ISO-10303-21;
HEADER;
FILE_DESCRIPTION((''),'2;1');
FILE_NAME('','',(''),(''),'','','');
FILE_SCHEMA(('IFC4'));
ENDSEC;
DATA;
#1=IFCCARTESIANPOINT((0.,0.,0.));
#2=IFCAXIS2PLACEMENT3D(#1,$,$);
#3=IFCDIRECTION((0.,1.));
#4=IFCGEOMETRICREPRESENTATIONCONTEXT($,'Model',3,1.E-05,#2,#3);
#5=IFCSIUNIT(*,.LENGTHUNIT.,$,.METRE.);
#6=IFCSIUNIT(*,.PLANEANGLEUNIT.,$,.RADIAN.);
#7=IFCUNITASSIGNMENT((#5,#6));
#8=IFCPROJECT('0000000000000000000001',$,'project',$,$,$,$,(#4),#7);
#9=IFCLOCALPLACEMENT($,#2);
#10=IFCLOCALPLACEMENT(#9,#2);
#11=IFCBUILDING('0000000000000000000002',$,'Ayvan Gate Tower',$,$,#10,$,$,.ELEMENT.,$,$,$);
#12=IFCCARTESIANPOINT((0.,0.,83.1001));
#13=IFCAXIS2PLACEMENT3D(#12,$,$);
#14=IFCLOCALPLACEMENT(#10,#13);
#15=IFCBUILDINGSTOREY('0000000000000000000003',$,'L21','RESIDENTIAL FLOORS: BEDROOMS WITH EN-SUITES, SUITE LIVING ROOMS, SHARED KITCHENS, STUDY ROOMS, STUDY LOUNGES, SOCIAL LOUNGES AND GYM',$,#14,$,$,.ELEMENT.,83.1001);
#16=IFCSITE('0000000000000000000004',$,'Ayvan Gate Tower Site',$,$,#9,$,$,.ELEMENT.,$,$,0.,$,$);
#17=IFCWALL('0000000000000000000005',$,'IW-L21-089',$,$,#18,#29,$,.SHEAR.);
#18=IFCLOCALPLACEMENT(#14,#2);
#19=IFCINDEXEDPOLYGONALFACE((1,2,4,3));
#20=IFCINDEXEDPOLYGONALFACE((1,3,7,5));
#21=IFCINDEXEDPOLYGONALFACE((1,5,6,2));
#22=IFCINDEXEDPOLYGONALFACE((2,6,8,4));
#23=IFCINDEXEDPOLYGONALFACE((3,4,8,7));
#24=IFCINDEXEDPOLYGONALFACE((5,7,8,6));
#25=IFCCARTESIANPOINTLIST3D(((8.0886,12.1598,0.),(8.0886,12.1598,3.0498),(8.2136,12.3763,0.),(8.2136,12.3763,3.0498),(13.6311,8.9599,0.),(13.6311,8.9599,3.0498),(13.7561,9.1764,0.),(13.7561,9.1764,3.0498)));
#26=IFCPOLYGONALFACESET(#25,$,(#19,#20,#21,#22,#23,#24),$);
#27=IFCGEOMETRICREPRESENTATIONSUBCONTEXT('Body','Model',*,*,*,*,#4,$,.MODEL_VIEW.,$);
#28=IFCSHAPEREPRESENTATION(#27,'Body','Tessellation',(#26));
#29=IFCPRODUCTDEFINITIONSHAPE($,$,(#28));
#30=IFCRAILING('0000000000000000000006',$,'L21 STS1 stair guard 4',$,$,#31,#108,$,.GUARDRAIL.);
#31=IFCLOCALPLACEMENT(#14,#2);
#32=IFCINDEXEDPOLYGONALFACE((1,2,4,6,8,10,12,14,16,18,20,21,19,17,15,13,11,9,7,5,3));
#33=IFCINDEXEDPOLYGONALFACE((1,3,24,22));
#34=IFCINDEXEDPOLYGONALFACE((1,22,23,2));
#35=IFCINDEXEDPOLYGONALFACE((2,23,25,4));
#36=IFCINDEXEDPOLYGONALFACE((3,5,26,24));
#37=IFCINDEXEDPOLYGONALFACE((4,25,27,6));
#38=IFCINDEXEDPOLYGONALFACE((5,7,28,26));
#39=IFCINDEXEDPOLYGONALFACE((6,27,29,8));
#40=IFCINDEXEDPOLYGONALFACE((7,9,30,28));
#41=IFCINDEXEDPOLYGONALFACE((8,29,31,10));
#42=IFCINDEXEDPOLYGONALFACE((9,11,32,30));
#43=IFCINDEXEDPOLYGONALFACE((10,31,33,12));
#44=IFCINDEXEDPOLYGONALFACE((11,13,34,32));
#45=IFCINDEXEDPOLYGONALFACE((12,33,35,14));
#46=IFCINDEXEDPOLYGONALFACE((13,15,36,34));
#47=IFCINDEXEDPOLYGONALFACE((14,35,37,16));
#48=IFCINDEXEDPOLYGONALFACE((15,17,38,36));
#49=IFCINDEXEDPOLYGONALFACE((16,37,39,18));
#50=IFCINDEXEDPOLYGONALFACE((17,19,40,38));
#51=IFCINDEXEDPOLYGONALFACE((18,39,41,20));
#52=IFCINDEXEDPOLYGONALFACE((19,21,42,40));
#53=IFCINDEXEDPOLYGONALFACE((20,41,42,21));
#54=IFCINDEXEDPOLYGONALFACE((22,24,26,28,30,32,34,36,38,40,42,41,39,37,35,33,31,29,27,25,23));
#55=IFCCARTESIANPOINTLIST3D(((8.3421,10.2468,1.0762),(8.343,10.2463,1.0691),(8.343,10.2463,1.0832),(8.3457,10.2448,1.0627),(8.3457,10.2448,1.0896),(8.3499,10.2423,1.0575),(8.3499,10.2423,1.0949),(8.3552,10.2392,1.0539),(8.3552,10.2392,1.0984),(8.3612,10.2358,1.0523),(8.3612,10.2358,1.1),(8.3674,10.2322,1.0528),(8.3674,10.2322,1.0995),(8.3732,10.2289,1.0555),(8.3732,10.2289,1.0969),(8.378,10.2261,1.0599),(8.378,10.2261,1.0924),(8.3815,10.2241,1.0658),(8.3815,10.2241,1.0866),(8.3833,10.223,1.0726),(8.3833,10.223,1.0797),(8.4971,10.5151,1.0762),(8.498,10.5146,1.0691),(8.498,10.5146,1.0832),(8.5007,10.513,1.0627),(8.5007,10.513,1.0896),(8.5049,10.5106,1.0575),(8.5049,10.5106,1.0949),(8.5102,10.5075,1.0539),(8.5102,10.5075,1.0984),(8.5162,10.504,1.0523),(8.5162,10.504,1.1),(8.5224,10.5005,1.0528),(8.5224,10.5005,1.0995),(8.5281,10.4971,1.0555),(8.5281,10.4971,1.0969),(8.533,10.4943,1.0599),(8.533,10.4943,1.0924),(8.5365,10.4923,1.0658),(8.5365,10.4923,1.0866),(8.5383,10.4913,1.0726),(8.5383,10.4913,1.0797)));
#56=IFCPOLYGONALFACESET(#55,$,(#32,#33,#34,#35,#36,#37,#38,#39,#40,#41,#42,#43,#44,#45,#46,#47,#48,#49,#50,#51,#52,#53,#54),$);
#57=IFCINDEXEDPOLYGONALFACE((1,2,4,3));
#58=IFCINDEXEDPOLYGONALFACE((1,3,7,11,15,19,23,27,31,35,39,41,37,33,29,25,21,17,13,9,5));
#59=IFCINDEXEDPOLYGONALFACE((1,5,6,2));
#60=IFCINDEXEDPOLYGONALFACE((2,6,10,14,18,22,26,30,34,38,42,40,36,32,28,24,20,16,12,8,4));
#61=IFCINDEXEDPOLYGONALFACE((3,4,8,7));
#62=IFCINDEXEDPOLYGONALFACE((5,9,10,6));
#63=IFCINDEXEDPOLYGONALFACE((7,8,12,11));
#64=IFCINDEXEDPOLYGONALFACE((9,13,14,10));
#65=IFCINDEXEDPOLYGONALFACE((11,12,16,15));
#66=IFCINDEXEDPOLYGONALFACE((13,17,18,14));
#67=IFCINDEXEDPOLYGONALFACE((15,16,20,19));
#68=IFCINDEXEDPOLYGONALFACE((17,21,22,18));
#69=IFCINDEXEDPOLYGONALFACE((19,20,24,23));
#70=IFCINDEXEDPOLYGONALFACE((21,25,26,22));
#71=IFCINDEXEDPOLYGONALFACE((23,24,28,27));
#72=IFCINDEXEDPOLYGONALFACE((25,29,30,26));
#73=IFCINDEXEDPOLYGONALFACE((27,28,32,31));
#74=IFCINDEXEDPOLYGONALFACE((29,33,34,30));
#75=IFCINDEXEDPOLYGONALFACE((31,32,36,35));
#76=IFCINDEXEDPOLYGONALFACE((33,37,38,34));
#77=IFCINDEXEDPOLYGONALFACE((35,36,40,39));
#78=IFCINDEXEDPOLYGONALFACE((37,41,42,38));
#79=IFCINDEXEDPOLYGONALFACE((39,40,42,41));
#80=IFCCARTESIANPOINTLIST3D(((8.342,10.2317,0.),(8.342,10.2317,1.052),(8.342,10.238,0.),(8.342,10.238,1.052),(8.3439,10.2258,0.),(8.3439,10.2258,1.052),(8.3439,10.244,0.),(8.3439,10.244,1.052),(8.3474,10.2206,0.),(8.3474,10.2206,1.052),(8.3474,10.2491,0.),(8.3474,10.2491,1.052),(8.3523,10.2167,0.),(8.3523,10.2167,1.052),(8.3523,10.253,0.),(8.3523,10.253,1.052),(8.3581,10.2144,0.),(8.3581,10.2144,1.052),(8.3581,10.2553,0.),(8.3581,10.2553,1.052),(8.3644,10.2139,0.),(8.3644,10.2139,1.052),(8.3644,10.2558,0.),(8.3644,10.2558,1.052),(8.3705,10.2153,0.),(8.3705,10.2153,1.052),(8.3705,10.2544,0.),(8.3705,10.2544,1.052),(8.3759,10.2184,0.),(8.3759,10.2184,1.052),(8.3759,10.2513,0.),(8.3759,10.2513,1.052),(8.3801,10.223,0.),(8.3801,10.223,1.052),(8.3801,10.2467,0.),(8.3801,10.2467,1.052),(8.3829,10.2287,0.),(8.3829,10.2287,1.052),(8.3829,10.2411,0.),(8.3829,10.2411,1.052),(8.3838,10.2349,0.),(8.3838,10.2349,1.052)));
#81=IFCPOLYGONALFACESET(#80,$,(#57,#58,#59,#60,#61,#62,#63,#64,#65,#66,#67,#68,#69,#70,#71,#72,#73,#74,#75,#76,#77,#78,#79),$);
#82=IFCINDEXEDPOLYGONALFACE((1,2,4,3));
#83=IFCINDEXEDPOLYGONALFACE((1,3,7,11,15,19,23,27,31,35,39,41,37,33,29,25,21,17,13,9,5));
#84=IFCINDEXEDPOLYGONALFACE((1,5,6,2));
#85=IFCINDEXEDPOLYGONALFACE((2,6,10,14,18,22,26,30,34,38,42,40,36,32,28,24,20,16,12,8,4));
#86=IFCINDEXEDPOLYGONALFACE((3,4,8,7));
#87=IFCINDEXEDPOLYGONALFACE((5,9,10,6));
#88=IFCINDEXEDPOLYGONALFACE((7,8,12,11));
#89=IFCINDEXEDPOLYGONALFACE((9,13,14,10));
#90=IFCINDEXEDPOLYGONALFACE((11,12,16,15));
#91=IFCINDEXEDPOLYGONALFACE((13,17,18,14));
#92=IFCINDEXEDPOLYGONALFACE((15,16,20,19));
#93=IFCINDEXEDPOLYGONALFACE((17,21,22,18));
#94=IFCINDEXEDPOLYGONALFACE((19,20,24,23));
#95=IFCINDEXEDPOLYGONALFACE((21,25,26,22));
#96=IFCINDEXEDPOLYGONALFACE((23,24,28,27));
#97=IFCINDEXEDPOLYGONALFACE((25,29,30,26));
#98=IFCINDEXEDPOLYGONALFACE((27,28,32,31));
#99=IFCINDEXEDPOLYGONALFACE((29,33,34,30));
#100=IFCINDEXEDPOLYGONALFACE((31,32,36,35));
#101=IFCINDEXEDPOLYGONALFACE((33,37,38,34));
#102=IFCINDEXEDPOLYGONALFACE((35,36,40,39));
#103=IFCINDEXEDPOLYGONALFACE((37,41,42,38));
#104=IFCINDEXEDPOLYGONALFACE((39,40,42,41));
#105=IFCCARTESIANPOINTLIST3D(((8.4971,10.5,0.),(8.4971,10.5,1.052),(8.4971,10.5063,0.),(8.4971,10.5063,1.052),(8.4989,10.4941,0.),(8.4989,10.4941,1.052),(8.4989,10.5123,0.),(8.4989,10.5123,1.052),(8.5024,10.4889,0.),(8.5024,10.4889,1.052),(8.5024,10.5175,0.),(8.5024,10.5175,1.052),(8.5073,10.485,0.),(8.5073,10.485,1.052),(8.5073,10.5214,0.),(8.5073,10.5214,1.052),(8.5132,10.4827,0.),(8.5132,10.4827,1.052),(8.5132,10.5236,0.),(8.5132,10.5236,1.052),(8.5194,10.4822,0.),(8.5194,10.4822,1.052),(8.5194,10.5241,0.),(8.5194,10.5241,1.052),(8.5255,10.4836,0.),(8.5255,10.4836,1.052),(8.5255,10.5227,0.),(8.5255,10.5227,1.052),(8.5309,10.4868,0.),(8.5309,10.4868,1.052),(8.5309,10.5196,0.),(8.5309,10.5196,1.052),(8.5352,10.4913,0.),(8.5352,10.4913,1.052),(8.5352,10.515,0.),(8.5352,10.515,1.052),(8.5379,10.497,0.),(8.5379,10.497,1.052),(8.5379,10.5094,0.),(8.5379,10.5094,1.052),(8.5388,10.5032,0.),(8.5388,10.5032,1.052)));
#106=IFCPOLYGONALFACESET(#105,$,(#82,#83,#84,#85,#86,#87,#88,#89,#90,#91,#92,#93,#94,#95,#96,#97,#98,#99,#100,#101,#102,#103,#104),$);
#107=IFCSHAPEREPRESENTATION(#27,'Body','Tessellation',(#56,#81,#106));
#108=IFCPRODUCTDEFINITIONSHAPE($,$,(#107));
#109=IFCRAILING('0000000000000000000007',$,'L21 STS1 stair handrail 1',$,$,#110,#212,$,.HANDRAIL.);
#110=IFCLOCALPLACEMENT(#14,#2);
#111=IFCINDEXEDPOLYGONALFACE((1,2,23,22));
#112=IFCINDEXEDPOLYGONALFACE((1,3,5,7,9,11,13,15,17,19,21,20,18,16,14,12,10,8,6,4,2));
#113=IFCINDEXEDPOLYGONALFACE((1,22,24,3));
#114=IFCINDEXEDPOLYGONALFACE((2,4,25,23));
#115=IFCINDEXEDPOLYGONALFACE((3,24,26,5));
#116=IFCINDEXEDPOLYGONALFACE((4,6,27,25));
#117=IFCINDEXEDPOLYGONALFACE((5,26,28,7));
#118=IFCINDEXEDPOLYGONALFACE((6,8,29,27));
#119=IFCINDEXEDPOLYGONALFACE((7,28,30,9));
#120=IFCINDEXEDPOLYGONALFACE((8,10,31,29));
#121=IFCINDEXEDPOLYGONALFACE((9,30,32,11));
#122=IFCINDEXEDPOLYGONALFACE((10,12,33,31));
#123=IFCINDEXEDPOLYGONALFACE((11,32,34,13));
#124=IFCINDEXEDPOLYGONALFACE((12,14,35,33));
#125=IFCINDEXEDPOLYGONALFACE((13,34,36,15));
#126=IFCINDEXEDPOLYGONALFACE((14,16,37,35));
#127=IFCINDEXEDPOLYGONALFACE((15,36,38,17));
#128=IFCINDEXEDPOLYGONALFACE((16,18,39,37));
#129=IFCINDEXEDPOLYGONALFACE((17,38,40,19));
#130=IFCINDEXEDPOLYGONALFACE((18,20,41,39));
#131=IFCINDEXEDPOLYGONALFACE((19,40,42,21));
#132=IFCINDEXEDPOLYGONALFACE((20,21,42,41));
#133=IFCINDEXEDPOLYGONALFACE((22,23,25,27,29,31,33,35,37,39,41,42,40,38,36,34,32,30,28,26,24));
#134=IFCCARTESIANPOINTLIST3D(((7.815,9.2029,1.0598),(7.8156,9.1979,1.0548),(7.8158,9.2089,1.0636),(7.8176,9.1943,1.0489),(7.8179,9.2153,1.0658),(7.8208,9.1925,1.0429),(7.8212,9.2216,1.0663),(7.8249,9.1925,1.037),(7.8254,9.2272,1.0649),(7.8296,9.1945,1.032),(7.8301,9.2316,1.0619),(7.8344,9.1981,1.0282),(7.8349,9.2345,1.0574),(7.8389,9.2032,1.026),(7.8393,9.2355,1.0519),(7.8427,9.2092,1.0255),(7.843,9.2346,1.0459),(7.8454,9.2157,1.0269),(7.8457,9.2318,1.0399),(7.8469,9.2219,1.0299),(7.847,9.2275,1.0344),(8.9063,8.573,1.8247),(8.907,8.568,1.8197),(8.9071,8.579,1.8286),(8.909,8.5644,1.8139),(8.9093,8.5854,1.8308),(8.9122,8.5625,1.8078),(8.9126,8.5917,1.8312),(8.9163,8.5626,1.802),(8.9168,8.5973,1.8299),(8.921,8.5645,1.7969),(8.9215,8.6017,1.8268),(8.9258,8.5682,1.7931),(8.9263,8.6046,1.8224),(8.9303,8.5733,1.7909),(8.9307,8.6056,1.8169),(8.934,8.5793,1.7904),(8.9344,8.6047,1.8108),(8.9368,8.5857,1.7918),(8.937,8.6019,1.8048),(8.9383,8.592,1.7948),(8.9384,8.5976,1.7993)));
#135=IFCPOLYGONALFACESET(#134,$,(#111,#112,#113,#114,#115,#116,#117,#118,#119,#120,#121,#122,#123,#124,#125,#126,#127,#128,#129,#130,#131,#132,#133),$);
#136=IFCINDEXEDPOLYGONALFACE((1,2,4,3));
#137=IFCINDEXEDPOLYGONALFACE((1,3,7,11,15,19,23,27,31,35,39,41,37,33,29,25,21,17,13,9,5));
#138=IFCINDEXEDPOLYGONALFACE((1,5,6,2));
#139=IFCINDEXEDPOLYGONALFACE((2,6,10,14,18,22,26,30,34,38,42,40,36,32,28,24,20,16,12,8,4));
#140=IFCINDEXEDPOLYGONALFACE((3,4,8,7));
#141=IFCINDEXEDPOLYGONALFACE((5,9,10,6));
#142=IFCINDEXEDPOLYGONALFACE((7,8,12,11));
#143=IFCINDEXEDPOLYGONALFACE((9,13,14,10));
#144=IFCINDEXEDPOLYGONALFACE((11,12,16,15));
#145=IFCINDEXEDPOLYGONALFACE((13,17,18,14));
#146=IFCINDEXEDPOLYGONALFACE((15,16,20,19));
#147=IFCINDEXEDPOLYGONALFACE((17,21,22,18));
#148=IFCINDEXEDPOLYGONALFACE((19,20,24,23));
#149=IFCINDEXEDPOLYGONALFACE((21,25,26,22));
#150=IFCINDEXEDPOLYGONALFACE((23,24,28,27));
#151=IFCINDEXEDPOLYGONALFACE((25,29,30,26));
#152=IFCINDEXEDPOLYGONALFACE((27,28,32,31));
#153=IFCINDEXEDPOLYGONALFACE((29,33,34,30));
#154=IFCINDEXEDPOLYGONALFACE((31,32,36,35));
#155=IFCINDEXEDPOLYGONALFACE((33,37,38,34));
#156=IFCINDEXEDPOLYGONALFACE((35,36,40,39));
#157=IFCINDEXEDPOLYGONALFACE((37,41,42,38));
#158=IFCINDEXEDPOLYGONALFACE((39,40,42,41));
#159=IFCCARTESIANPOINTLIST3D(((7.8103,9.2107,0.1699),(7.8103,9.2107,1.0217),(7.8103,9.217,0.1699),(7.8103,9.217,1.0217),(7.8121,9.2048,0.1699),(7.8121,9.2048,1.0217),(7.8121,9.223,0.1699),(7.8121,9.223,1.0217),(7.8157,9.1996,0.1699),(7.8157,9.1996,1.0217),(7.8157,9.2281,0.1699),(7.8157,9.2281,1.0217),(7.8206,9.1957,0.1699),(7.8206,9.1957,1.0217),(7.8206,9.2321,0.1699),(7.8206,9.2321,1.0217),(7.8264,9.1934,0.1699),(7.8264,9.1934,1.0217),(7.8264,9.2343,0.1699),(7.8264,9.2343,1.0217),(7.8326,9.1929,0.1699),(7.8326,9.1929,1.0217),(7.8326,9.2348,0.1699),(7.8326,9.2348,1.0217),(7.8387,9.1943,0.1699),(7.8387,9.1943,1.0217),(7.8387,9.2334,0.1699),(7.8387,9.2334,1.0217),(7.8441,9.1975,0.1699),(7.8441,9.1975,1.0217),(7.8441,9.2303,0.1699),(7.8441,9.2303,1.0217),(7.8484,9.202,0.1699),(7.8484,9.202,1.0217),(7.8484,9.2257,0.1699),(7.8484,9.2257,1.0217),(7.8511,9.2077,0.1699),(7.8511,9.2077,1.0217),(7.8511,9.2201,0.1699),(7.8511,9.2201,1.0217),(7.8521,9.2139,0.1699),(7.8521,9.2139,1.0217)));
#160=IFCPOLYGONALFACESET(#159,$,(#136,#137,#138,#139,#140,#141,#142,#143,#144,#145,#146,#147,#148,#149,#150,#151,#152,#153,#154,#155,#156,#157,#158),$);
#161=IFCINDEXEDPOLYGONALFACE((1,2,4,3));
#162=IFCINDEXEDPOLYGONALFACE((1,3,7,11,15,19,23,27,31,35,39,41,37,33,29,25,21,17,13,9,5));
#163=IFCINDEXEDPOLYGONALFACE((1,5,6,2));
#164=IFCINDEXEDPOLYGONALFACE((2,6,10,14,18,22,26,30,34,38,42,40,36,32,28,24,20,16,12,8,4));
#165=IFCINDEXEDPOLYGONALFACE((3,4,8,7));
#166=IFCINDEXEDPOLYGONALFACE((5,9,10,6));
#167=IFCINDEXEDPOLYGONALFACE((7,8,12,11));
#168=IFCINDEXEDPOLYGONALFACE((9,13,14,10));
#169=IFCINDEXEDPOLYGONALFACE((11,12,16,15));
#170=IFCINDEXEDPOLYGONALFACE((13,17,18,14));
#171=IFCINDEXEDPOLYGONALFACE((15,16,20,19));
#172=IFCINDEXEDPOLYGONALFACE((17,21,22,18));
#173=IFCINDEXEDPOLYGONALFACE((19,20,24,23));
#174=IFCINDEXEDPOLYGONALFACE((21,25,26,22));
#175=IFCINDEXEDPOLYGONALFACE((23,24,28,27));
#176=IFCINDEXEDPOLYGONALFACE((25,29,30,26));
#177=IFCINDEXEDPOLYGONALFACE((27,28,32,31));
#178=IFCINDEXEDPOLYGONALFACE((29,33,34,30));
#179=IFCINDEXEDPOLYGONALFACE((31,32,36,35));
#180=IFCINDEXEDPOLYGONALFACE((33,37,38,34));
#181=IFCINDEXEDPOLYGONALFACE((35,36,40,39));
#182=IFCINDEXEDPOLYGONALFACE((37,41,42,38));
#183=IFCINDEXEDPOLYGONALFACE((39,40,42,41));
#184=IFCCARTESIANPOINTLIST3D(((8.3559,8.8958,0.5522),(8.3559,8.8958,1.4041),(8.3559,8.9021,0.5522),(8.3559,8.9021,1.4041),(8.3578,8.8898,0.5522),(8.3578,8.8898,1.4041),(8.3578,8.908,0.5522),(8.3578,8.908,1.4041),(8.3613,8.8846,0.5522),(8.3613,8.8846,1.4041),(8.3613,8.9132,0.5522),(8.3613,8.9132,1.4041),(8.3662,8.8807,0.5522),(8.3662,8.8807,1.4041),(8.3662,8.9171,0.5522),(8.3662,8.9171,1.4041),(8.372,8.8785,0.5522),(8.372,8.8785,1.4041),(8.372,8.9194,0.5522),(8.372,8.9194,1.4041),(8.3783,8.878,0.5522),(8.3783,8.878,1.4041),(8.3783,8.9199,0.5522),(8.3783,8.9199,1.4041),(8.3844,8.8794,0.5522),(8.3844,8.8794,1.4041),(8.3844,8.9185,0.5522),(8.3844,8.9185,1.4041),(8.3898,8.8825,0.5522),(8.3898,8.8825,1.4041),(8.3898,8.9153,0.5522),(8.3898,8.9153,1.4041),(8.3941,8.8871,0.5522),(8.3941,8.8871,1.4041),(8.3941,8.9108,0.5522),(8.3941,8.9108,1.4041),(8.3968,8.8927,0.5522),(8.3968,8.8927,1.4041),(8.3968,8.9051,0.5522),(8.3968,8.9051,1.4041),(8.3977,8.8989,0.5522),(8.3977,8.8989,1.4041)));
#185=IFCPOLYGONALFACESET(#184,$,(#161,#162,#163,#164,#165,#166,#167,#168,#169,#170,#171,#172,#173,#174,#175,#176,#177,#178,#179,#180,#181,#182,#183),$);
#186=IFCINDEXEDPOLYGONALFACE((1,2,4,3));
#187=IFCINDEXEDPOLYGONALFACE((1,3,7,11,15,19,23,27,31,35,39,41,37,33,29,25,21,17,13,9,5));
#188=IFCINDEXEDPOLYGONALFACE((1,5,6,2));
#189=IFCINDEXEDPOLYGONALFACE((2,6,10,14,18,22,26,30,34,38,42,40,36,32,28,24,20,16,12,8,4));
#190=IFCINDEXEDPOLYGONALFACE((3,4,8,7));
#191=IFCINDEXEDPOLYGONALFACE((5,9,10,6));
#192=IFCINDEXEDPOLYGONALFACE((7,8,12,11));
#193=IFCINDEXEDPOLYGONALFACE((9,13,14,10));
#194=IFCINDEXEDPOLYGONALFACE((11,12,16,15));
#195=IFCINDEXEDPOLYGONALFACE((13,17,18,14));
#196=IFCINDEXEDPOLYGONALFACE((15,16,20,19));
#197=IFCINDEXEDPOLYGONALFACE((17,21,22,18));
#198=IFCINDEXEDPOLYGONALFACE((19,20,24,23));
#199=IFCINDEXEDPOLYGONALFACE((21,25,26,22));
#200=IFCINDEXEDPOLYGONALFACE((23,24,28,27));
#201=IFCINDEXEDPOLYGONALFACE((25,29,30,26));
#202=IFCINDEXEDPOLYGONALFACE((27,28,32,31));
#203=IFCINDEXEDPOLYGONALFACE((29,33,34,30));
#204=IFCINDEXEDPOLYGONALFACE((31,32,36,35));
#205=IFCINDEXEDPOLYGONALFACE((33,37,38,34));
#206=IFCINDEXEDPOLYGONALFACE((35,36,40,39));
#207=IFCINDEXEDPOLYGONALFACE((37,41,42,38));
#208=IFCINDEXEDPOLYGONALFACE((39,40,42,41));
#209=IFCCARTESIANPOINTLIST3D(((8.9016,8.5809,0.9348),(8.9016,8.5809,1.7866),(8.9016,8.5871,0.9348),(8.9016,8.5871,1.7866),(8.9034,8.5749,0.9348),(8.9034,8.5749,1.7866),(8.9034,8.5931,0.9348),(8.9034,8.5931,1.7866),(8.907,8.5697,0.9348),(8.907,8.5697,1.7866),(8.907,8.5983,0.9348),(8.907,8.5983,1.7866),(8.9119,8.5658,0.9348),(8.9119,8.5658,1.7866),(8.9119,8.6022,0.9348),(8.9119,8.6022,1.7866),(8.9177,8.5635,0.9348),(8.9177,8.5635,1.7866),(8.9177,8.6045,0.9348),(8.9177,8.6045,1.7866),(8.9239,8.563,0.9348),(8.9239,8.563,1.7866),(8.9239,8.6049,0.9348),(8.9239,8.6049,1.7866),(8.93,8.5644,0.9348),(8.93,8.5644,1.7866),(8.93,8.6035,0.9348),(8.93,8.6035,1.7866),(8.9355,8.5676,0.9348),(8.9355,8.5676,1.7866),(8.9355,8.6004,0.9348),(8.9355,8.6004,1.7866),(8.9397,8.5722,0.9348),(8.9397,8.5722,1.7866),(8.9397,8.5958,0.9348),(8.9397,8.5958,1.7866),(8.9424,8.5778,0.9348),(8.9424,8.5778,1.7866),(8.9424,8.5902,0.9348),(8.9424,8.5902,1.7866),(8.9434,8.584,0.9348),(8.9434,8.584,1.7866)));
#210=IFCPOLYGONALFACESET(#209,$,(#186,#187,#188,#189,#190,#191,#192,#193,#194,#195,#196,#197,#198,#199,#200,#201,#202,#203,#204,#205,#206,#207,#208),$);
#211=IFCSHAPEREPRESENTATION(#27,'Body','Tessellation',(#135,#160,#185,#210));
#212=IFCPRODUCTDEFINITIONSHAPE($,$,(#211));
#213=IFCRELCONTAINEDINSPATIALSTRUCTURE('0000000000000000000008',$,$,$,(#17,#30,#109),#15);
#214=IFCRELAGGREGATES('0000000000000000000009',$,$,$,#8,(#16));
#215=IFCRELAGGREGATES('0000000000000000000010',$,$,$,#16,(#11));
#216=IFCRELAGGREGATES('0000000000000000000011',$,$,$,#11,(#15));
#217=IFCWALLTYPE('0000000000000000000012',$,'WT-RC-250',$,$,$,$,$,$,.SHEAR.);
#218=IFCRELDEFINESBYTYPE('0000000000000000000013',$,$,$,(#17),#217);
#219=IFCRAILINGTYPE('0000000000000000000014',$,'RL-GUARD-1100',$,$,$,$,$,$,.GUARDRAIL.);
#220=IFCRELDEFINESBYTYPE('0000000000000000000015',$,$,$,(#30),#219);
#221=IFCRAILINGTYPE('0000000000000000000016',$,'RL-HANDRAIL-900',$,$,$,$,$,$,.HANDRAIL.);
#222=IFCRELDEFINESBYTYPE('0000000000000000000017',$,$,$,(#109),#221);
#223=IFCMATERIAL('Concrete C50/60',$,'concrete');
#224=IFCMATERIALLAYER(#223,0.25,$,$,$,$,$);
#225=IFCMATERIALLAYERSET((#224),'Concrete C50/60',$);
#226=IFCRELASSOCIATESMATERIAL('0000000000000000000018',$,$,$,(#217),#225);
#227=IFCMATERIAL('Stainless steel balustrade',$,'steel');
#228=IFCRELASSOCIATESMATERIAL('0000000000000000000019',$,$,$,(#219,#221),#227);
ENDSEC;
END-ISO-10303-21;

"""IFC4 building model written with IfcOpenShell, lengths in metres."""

from ifc_helpers import new_model, si_unit, direction, frame, frame_2d, origin, origin_2d, place, context, subcontext, project, spatial, rectangle, circle, extrude, material, layer, layer_set, type_object, element, save


model = new_model("IFC4")

# Units and contexts
model_context = context("Model", 3, precision=1e-05, world=origin(), true_north=direction((0.0, 1.0)))
body_context = subcontext(model_context, "Body", "Model", "MODEL_VIEW")
ifc_project = project(units=[si_unit("LENGTHUNIT", "METRE"), si_unit("PLANEANGLEUNIT", "RADIAN")], contexts=[model_context])

# Site, building, storey
site_placement = place(None, origin())
site = spatial("IfcSite", under=ifc_project, at=site_placement, Name="Ayvan Gate Tower Site", CompositionType="ELEMENT", RefElevation=0.0)
building_placement = place(site_placement, origin())
building = spatial("IfcBuilding", under=site, at=building_placement, Name="Ayvan Gate Tower", CompositionType="ELEMENT")
storey_placement = place(building_placement, frame((0.0, 0.0, 83.1001)))
storey = spatial("IfcBuildingStorey", under=building, at=storey_placement, Name="L21", Description="RESIDENTIAL FLOORS: BEDROOMS WITH EN-SUITES, SUITE LIVING ROOMS, SHARED KITCHENS, STUDY ROOMS, STUDY LOUNGES, SOCIAL LOUNGES AND GYM", CompositionType="ELEMENT", Elevation=83.1001)

# Shared definitions
ifc_material_1 = material(Name="Concrete C50/60", Category="concrete")
ifc_layer_1 = layer(ifc_material_1, 0.25)
ifc_layer_set_1 = layer_set([ifc_layer_1], Name="Concrete C50/60")
wall_type_1 = type_object("IfcWallType", Name="WT-RC-250", PredefinedType="SHEAR", material=ifc_layer_set_1)

# Wall
wall_1_placement = place(storey_placement, frame((8.1511, 12.2681, 0.0), z_axis=(0.0, 0.0, 1.0), x_axis=(0.866025, -0.5, 0.0)))
element("IfcWall", 1, at=wall_1_placement, inside=storey, type_object=wall_type_1, Name="IW-L21-089", PredefinedType="SHEAR", context=body_context, shape_type="SweptSolid", body=[
    extrude(rectangle(XDim=6.3999, YDim=0.25, at=frame_2d((3.2, 0.0))), origin(), (0.0, 0.0, 1.0), 3.0498),
])

# Railings
ifc_material_2 = material(Name="Stainless steel balustrade", Category="steel")
railing_type_1 = type_object("IfcRailingType", Name="RL-GUARD-1100", PredefinedType="GUARDRAIL", material=ifc_material_2)
railing_1_placement = place(storey_placement, frame((8.3628, 10.2349, 0.0)))
element("IfcRailing", 2, at=railing_1_placement, inside=storey, type_object=railing_type_1, Name="L21 STS1 stair guard 4", PredefinedType="GUARDRAIL", context=body_context, shape_type="SweptSolid", body=[
    extrude(circle(Radius=0.0239, at=origin_2d()), frame((0.0, 0.0, 1.0762), z_axis=(0.500291, 0.865857, 0.0), x_axis=(-0.865857, 0.500291, 0.0)), (0.0, 0.0, 1.0), 0.3098),
    extrude(circle(Radius=0.021, at=origin_2d()), origin(), (0.0, 0.0, 1.0), 1.052),
    extrude(circle(Radius=0.021, at=origin_2d()), frame((0.155, 0.2683, 0.0)), (0.0, 0.0, 1.0), 1.052),
])
railing_type_2 = type_object("IfcRailingType", Name="RL-HANDRAIL-900", PredefinedType="HANDRAIL", material=ifc_material_2)
railing_2_placement = place(storey_placement, frame((7.8311, 9.2139, 0.1699)))
element("IfcRailing", 3, at=railing_2_placement, inside=storey, type_object=railing_type_2, Name="L21 STS1 stair handrail 1", PredefinedType="HANDRAIL", context=body_context, shape_type="SweptSolid", body=[
    extrude(circle(Radius=0.0239, at=origin_2d()), frame((0.0, 0.0, 0.876), z_axis=(0.740357, -0.42732, 0.518912), x_axis=(0.49989, 0.866089, 0.0)), (0.0, 0.0, 1.0), 1.4741),
    extrude(circle(Radius=0.021, at=origin_2d()), origin(), (0.0, 0.0, 1.0), 0.8518),
    extrude(circle(Radius=0.021, at=origin_2d()), frame((0.5457, -0.3149, 0.3823)), (0.0, 0.0, 1.0), 0.8518),
    extrude(circle(Radius=0.021, at=origin_2d()), frame((1.0913, -0.6299, 0.7649)), (0.0, 0.0, 1.0), 0.8518),
])

save(model, "model.ifc")
